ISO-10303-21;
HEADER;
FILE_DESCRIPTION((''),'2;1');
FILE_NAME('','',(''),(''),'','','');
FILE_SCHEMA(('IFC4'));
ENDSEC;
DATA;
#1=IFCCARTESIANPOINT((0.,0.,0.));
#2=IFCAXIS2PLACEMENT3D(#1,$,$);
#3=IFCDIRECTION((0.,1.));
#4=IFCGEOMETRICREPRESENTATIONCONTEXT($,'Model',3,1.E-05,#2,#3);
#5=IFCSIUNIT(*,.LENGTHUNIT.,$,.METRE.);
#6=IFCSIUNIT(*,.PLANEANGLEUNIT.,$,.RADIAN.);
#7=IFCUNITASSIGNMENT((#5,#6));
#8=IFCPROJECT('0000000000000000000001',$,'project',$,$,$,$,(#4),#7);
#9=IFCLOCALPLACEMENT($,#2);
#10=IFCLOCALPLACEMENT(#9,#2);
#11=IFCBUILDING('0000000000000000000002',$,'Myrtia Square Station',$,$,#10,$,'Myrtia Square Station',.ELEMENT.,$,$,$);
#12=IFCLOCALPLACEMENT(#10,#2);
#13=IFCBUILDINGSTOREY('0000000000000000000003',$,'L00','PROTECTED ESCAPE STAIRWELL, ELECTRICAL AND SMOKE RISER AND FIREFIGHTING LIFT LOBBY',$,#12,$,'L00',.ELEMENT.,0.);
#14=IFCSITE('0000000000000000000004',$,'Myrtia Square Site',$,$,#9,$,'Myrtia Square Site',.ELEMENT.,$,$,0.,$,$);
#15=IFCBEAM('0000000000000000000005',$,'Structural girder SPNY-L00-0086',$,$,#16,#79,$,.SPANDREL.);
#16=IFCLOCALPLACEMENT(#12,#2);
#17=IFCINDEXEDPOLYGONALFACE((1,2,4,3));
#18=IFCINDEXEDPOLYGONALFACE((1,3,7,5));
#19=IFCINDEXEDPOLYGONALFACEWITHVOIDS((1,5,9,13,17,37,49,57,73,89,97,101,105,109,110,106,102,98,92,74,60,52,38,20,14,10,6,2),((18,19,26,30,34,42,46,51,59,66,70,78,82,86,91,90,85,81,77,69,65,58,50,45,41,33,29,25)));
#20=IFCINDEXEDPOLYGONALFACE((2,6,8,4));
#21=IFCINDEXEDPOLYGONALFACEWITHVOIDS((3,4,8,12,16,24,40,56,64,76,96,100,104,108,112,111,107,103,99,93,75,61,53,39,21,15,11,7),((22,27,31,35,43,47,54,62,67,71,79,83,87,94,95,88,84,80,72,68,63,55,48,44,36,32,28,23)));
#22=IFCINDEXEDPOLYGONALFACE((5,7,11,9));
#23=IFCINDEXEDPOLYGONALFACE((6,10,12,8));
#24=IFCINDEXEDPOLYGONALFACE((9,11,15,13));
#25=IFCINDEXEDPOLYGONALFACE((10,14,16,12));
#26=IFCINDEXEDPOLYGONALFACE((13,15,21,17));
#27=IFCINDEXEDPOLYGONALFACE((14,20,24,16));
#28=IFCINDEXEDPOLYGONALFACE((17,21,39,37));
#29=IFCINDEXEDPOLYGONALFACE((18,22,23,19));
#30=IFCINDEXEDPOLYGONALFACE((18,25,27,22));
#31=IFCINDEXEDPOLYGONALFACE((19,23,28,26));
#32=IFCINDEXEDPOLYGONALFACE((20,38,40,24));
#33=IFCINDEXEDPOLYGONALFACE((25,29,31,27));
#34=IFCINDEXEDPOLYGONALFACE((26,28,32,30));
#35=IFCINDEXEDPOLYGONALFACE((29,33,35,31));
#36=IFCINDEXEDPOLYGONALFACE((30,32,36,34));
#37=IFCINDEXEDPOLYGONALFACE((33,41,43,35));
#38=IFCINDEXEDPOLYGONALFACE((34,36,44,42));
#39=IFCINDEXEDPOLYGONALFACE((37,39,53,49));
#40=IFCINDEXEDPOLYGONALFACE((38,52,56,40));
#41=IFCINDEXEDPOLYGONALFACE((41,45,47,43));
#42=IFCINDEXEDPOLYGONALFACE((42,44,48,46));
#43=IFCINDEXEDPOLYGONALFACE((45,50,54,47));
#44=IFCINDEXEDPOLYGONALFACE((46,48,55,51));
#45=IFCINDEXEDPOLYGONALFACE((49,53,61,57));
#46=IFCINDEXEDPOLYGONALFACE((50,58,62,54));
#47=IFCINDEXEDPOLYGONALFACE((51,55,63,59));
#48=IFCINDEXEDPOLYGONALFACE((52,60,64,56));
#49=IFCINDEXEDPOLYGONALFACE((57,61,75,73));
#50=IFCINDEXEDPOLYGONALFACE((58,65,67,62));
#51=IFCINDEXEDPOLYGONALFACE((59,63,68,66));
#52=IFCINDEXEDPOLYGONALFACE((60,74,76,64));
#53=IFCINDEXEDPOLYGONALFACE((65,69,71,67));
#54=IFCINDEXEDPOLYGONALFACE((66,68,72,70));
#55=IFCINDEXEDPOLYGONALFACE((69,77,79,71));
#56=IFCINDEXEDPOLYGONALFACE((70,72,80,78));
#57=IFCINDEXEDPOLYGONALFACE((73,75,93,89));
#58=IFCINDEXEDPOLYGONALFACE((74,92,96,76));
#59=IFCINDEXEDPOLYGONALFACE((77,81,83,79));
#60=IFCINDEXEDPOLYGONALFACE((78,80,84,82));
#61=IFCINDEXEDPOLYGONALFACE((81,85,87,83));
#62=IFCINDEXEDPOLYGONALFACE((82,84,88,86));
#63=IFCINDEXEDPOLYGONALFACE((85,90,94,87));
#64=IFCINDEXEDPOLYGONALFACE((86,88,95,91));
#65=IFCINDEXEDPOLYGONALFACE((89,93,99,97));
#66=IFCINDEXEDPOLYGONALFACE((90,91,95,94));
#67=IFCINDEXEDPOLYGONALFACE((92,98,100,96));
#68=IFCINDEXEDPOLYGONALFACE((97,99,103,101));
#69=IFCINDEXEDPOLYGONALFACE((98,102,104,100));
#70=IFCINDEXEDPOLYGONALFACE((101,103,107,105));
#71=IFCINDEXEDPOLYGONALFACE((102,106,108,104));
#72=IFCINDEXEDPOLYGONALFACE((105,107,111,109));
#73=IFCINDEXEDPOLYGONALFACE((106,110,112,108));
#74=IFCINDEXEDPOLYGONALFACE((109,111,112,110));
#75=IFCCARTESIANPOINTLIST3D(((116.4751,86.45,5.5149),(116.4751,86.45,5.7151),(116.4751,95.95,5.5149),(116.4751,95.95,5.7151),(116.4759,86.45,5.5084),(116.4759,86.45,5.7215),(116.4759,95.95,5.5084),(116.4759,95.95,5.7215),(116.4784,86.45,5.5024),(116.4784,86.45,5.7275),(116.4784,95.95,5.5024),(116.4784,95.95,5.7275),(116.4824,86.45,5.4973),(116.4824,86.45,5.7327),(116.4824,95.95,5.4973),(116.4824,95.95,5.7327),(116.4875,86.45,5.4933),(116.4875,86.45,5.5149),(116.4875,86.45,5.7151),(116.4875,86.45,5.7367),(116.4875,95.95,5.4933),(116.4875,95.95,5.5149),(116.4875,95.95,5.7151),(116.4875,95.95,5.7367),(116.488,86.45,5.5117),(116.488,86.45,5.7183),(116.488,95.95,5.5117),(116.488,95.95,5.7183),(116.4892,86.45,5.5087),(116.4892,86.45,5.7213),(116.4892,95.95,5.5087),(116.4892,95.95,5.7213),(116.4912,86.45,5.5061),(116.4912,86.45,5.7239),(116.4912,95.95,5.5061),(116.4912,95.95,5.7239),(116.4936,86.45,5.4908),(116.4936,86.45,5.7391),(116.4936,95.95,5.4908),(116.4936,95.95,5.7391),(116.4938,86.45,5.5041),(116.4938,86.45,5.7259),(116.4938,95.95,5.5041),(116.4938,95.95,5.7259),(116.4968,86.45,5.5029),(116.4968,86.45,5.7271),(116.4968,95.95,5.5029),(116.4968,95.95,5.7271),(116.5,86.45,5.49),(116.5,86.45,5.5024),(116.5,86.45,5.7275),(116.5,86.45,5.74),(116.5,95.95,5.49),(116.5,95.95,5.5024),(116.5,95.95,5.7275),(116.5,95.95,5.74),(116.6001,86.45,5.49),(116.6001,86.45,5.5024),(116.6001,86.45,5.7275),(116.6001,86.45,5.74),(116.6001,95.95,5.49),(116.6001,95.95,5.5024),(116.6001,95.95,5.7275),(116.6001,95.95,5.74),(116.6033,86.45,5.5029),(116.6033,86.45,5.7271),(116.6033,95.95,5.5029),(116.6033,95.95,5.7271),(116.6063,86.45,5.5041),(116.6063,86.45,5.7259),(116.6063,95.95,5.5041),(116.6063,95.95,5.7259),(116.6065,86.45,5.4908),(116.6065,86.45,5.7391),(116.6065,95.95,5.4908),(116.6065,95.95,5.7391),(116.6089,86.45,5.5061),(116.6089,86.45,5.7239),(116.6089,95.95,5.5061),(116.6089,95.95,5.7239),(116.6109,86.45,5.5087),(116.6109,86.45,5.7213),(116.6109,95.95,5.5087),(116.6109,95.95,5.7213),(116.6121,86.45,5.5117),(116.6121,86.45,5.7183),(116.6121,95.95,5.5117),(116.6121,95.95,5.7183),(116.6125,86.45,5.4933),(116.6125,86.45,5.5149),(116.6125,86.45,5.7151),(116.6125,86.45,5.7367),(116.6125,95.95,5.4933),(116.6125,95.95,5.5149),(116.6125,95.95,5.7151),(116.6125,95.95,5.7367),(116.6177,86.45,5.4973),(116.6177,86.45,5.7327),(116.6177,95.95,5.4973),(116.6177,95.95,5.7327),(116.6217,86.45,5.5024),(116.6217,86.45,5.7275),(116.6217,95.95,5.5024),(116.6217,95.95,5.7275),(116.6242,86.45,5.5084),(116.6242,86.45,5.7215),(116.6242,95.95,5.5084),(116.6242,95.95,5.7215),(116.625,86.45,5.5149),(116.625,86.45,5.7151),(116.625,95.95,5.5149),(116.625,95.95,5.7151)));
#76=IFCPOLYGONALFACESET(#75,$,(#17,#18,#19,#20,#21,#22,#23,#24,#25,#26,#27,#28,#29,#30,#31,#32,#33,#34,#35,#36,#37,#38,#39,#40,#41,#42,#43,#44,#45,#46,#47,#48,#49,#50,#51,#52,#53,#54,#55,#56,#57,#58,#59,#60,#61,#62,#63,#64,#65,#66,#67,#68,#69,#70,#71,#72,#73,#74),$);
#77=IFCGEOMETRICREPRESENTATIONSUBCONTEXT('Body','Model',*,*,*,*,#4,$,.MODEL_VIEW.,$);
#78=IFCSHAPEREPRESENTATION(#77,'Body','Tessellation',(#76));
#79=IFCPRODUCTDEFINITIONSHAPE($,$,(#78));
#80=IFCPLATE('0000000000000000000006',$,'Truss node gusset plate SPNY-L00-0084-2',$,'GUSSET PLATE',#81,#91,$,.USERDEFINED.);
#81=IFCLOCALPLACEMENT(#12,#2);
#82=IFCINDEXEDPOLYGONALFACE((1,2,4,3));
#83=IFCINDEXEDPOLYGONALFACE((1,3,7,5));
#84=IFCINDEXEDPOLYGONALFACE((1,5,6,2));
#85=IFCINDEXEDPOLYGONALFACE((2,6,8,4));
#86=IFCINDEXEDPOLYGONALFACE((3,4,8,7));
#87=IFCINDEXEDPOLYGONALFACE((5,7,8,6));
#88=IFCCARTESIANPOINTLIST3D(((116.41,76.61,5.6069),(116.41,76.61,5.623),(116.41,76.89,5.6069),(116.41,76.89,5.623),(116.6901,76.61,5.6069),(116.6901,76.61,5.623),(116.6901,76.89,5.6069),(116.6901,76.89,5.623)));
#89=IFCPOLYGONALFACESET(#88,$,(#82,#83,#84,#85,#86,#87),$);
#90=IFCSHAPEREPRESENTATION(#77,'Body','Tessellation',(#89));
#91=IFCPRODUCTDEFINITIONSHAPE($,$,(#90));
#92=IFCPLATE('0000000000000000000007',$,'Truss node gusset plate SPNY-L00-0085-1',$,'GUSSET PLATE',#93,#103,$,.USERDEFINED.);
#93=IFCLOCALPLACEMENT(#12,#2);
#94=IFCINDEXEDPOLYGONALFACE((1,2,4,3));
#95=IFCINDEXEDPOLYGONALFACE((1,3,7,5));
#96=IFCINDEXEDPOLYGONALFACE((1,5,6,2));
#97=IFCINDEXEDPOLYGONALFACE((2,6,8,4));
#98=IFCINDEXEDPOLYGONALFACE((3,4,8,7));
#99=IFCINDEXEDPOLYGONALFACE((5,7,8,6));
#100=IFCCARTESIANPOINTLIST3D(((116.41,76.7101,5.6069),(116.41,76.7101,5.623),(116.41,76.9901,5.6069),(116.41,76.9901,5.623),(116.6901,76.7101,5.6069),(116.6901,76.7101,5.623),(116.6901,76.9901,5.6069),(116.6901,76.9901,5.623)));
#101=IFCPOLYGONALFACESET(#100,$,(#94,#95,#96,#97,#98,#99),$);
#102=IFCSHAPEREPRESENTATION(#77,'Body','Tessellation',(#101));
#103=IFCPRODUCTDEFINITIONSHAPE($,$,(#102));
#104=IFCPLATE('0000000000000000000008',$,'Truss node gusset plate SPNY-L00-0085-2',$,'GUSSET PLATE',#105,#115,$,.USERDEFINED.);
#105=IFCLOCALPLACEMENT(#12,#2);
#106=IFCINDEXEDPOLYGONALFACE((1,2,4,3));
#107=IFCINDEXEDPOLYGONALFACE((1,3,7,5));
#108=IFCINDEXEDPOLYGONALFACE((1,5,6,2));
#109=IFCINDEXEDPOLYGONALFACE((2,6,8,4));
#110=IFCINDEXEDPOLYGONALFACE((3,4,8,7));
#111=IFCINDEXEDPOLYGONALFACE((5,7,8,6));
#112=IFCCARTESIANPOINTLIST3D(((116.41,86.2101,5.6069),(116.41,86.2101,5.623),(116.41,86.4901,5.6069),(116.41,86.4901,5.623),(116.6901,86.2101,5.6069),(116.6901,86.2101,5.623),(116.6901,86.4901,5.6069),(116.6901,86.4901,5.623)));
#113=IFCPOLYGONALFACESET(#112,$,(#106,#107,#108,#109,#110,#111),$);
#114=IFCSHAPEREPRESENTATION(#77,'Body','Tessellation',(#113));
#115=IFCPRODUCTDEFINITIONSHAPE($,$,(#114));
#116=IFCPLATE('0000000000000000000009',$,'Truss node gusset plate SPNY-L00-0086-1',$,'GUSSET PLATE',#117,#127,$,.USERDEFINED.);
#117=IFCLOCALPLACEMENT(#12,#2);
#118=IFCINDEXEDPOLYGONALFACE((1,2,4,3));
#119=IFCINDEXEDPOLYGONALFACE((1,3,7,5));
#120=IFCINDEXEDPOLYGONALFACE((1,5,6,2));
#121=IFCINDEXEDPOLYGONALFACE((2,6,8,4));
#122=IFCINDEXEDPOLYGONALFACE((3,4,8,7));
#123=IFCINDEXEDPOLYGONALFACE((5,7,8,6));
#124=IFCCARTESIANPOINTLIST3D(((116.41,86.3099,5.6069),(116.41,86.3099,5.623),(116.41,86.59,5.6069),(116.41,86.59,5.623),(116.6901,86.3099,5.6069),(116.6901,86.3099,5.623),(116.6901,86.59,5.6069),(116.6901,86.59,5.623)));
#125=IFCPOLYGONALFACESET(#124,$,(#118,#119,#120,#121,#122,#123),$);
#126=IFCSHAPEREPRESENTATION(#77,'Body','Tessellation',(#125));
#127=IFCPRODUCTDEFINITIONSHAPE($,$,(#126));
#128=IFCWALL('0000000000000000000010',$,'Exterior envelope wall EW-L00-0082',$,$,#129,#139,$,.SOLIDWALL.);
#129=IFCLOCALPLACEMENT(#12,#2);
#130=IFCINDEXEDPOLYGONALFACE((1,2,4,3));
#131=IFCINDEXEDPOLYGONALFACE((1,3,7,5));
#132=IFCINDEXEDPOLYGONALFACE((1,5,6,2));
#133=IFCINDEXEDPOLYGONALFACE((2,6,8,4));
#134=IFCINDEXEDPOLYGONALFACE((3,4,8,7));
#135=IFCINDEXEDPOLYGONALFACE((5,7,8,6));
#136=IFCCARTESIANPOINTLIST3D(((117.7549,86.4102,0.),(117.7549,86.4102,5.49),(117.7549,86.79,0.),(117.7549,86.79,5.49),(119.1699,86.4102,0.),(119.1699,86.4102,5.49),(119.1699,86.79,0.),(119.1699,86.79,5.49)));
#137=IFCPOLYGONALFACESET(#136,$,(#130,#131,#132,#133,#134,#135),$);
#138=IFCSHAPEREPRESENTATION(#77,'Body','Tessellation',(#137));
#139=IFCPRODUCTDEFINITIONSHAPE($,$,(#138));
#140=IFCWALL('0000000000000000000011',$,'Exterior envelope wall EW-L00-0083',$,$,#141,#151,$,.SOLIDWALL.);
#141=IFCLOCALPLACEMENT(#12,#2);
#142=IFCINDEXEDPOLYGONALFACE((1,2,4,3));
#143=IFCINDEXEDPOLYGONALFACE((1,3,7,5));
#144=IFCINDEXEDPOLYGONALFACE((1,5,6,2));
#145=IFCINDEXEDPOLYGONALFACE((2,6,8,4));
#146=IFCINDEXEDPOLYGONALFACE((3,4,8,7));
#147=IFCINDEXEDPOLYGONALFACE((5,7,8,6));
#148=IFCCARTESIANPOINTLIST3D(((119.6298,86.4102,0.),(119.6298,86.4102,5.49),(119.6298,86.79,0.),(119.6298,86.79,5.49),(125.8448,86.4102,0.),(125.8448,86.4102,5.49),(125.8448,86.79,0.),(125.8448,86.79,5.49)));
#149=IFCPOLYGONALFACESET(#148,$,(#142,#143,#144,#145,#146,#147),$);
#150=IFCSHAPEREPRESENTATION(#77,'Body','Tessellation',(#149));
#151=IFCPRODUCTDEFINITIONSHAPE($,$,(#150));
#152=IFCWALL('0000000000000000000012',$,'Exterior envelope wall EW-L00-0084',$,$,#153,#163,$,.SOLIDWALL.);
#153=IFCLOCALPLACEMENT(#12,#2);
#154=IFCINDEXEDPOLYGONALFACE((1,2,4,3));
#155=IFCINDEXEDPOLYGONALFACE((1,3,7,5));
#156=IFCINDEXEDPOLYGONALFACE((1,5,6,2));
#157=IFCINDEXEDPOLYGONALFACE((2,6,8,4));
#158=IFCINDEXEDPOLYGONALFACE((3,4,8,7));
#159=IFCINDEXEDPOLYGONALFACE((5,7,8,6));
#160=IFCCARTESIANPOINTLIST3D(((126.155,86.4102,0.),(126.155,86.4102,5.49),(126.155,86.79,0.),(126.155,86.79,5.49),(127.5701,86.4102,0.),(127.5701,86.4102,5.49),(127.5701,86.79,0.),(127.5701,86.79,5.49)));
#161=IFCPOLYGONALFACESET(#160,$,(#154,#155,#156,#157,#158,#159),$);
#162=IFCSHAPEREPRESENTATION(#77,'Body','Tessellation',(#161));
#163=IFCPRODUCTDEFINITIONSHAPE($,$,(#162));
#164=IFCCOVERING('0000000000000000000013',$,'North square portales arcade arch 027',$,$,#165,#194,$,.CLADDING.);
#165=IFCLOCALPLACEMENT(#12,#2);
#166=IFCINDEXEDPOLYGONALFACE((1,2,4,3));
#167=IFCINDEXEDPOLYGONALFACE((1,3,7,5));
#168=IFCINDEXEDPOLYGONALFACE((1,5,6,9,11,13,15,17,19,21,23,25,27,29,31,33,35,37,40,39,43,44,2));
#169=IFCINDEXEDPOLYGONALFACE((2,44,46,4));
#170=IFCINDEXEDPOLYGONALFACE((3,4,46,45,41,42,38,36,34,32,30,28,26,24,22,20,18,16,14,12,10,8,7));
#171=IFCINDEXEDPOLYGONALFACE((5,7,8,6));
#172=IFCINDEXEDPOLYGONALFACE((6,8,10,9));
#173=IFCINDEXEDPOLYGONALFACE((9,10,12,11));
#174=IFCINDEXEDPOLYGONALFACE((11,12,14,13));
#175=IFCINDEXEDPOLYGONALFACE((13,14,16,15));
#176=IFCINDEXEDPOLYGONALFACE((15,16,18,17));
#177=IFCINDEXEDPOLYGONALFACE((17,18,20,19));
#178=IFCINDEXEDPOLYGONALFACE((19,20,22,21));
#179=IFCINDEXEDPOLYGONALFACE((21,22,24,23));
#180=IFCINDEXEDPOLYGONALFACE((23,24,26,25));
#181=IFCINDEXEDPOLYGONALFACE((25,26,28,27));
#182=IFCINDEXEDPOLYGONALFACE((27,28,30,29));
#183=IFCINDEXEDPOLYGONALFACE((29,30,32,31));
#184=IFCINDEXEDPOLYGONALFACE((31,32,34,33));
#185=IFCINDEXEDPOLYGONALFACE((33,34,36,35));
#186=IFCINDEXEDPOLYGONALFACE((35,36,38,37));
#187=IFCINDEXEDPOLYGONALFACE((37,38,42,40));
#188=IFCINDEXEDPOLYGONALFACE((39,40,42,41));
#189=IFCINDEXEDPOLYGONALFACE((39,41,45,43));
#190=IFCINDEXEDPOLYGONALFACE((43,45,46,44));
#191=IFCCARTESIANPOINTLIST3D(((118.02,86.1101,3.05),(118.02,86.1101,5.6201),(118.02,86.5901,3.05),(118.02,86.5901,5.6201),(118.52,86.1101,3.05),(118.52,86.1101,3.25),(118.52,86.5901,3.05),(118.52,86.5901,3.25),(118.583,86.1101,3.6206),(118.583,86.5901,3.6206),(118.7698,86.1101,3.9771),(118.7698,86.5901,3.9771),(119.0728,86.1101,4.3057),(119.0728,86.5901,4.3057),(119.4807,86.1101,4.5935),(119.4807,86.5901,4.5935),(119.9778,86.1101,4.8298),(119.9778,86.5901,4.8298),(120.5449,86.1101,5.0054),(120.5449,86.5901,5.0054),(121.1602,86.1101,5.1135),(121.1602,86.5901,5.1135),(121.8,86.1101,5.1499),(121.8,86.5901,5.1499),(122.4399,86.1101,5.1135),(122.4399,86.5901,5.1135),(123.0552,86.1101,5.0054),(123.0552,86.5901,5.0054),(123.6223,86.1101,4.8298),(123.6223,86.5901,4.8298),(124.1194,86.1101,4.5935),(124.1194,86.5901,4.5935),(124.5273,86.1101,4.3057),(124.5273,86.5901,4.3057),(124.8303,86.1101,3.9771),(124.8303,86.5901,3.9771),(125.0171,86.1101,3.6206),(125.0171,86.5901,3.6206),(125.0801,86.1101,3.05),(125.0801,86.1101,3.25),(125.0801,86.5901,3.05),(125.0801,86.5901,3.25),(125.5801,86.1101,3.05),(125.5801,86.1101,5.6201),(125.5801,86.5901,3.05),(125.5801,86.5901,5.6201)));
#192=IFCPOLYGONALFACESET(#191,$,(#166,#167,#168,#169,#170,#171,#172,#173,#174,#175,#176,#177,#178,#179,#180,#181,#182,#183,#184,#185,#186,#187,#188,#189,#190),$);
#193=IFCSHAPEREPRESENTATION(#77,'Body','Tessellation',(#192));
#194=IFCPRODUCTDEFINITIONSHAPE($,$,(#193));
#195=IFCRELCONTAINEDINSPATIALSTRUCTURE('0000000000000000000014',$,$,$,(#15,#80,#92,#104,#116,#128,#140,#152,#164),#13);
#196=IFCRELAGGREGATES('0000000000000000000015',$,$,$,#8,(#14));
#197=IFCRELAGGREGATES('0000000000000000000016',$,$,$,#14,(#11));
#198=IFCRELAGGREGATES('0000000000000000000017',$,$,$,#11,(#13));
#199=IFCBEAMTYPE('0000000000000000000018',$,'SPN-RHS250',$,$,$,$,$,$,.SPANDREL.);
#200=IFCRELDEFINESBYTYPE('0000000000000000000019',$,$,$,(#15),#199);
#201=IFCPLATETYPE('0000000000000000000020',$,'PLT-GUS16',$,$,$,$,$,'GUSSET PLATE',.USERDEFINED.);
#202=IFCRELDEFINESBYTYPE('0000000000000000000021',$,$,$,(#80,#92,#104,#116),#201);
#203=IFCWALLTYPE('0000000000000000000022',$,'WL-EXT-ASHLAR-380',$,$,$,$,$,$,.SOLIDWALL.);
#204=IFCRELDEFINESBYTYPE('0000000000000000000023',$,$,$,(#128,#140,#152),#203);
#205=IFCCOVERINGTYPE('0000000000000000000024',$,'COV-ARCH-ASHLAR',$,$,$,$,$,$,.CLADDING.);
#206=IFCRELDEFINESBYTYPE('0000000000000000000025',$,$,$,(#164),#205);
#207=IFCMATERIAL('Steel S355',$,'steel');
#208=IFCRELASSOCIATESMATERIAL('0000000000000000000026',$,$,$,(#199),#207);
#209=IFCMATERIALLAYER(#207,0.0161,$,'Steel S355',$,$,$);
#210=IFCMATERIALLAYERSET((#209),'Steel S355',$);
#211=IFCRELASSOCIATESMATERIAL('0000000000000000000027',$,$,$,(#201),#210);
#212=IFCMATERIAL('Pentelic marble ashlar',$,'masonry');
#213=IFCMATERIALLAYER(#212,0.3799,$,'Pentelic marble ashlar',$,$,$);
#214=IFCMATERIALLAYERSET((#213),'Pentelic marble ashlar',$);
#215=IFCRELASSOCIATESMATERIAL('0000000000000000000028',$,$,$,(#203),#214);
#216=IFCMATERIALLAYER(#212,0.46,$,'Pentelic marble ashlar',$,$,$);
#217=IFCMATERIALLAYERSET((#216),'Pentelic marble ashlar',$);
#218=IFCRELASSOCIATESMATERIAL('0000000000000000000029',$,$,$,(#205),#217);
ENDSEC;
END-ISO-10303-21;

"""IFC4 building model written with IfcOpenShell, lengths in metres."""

from ifc_helpers import new_model, si_unit, direction, frame, frame_2d, origin, origin_2d, place, context, subcontext, project, spatial, polyline, rectangle, hollow_rectangle, outline, extrude, material, layer, layer_set, material_profile, profile_set, type_object, element, save


model = new_model("IFC4")

# Units and contexts
model_context = context("Model", 3, precision=1e-05, world=origin(), true_north=direction((0.0, 1.0)))
body_context = subcontext(model_context, "Body", "Model", "MODEL_VIEW")
ifc_project = project(units=[si_unit("LENGTHUNIT", "METRE"), si_unit("PLANEANGLEUNIT", "RADIAN")], contexts=[model_context])

# Site, building, storey
site_placement = place(None, origin())
site = spatial("IfcSite", under=ifc_project, at=site_placement, Name="Myrtia Square Site", LongName="Myrtia Square Site", CompositionType="ELEMENT", RefElevation=0.0)
building_placement = place(site_placement, origin())
building = spatial("IfcBuilding", under=site, at=building_placement, Name="Myrtia Square Station", LongName="Myrtia Square Station", CompositionType="ELEMENT")
storey_placement = place(building_placement, origin())
storey = spatial("IfcBuildingStorey", under=building, at=storey_placement, Name="L00", Description="PROTECTED ESCAPE STAIRWELL, ELECTRICAL AND SMOKE RISER AND FIREFIGHTING LIFT LOBBY", LongName="L00", CompositionType="ELEMENT", Elevation=0.0)

# Shared definitions
ifc_material_1 = material(Name="Steel S355", Category="steel")

# Beam
ifc_material_profile_1 = material_profile(ifc_material_1, hollow_rectangle(XDim=0.1499, YDim=0.25, WallThickness=0.0125, InnerFilletRadius=0.0125, OuterFilletRadius=0.0249, at=origin_2d()), Name="RHS 250x150x12.5")
ifc_profile_set_1 = profile_set([ifc_material_profile_1], Name="Steel S355")
beam_type_1 = type_object("IfcBeamType", Name="SPN-RHS250", PredefinedType="SPANDREL", material=ifc_profile_set_1)
for number, where, z_axis, x_axis, name in (
    (1, (116.55, 86.45, 5.615), (0.0, 1.0, 0.0), (-1.0, 0.0, 0.0), "Structural girder SPNY-L00-0086"),
):
    element("IfcBeam", number, at=place(storey_placement, frame(where, z_axis=z_axis, x_axis=x_axis)), inside=storey, type_object=beam_type_1, Name=name, PredefinedType="SPANDREL", context=body_context, shape_type="SweptSolid", body=[
        extrude(hollow_rectangle(XDim=0.1499, YDim=0.25, WallThickness=0.0125, InnerFilletRadius=0.0125, OuterFilletRadius=0.0249, at=origin_2d()), origin(), (0.0, 0.0, 1.0), 9.5),
    ])

# Plates
ifc_layer_1 = layer(ifc_material_1, 0.0161, Name="Steel S355")
ifc_layer_set_1 = layer_set([ifc_layer_1], Name="Steel S355")
plate_type = type_object("IfcPlateType", Name="PLT-GUS16", ElementType="GUSSET PLATE", PredefinedType="USERDEFINED", material=ifc_layer_set_1)
for number, where, z_axis, x_axis, name in (
    (2, (116.55, 76.75, 5.6069), (0.0, 0.0, 1.0), (0.0, 1.0, 0.0), "Truss node gusset plate SPNY-L00-0084-2"),
    (3, (116.55, 76.8501, 5.6069), (0.0, 0.0, 1.0), (0.0, 1.0, 0.0), "Truss node gusset plate SPNY-L00-0085-1"),
    (4, (116.55, 86.3501, 5.6069), (0.0, 0.0, 1.0), (0.0, 1.0, 0.0), "Truss node gusset plate SPNY-L00-0085-2"),
    (5, (116.55, 86.45, 5.6069), (0.0, 0.0, 1.0), (0.0, 1.0, 0.0), "Truss node gusset plate SPNY-L00-0086-1"),
):
    element("IfcPlate", number, at=place(storey_placement, frame(where, z_axis=z_axis, x_axis=x_axis)), inside=storey, type_object=plate_type, Name=name, ObjectType="GUSSET PLATE", PredefinedType="USERDEFINED", context=body_context, shape_type="SweptSolid", body=[
        extrude(rectangle(XDim=0.28, YDim=0.28, at=origin_2d()), origin(), (0.0, 0.0, 1.0), 0.0161),
    ])

# Walls
ifc_material_2 = material(Name="Pentelic marble ashlar", Category="masonry")
ifc_layer_2 = layer(ifc_material_2, 0.3799, Name="Pentelic marble ashlar")
ifc_layer_set_2 = layer_set([ifc_layer_2], Name="Pentelic marble ashlar")
wall_type = type_object("IfcWallType", Name="WL-EXT-ASHLAR-380", PredefinedType="SOLIDWALL", material=ifc_layer_set_2)
wall_1_placement = place(storey_placement, frame((117.7549, 86.6001, 0.0), z_axis=(0.0, 0.0, 1.0), x_axis=(1.0, 0.0, 0.0)))
element("IfcWall", 6, at=wall_1_placement, inside=storey, type_object=wall_type, Name="Exterior envelope wall EW-L00-0082", PredefinedType="SOLIDWALL", context=body_context, shape_type="SweptSolid", body=[
    extrude(rectangle(XDim=1.415, YDim=0.3799, at=frame_2d((0.7075, 0.0))), origin(), (0.0, 0.0, 1.0), 5.49),
])
wall_2_placement = place(storey_placement, frame((119.6299, 86.6001, 0.0), z_axis=(0.0, 0.0, 1.0), x_axis=(1.0, 0.0, 0.0)))
element("IfcWall", 7, at=wall_2_placement, inside=storey, type_object=wall_type, Name="Exterior envelope wall EW-L00-0083", PredefinedType="SOLIDWALL", context=body_context, shape_type="SweptSolid", body=[
    extrude(rectangle(XDim=6.2151, YDim=0.3799, at=frame_2d((3.1074, 0.0))), origin(), (0.0, 0.0, 1.0), 5.49),
])
wall_3_placement = place(storey_placement, frame((126.155, 86.6001, 0.0), z_axis=(0.0, 0.0, 1.0), x_axis=(1.0, 0.0, 0.0)))
element("IfcWall", 8, at=wall_3_placement, inside=storey, type_object=wall_type, Name="Exterior envelope wall EW-L00-0084", PredefinedType="SOLIDWALL", context=body_context, shape_type="SweptSolid", body=[
    extrude(rectangle(XDim=1.415, YDim=0.3799, at=frame_2d((0.7075, 0.0))), origin(), (0.0, 0.0, 1.0), 5.49),
])

# Covering
ifc_layer_3 = layer(ifc_material_2, 0.46, Name="Pentelic marble ashlar")
ifc_layer_set_3 = layer_set([ifc_layer_3], Name="Pentelic marble ashlar")
covering_type = type_object("IfcCoveringType", Name="COV-ARCH-ASHLAR", PredefinedType="CLADDING", material=ifc_layer_set_3)
covering_1_placement = place(storey_placement, frame((118.02, 86.3501, 3.05), z_axis=(0.0, 0.0, 1.0), x_axis=(1.0, 0.0, 0.0)))
element("IfcCovering", 9, at=covering_1_placement, inside=storey, type_object=covering_type, Name="North square portales arcade arch 027", PredefinedType="CLADDING", context=body_context, shape_type="SweptSolid", body=[
    extrude(outline(polyline([(0.0, 0.0), (0.5, 0.0), (0.5, 0.2), (0.563, 0.5706), (0.7498, 0.927), (1.0527, 1.2556), (1.4607, 1.5435), (1.9578, 1.7798), (2.5249, 1.9553), (3.1401, 2.0635), (3.78, 2.0999), (4.4199, 2.0635), (5.0352, 1.9553), (5.6023, 1.7798), (6.0994, 1.5435), (6.5073, 1.2556), (6.8103, 0.927), (6.9971, 0.5706), (7.0601, 0.2), (7.0601, 0.0), (7.5601, 0.0), (7.5601, 2.5701), (0.0, 2.5701), (0.0, 0.0)])), frame((0.0, 0.24, 0.0), z_axis=(0.0, -1.0, 0.0), x_axis=(1.0, 0.0, 0.0)), (0.0, 0.0, 1.0), 0.48),
])

save(model, "model.ifc")
